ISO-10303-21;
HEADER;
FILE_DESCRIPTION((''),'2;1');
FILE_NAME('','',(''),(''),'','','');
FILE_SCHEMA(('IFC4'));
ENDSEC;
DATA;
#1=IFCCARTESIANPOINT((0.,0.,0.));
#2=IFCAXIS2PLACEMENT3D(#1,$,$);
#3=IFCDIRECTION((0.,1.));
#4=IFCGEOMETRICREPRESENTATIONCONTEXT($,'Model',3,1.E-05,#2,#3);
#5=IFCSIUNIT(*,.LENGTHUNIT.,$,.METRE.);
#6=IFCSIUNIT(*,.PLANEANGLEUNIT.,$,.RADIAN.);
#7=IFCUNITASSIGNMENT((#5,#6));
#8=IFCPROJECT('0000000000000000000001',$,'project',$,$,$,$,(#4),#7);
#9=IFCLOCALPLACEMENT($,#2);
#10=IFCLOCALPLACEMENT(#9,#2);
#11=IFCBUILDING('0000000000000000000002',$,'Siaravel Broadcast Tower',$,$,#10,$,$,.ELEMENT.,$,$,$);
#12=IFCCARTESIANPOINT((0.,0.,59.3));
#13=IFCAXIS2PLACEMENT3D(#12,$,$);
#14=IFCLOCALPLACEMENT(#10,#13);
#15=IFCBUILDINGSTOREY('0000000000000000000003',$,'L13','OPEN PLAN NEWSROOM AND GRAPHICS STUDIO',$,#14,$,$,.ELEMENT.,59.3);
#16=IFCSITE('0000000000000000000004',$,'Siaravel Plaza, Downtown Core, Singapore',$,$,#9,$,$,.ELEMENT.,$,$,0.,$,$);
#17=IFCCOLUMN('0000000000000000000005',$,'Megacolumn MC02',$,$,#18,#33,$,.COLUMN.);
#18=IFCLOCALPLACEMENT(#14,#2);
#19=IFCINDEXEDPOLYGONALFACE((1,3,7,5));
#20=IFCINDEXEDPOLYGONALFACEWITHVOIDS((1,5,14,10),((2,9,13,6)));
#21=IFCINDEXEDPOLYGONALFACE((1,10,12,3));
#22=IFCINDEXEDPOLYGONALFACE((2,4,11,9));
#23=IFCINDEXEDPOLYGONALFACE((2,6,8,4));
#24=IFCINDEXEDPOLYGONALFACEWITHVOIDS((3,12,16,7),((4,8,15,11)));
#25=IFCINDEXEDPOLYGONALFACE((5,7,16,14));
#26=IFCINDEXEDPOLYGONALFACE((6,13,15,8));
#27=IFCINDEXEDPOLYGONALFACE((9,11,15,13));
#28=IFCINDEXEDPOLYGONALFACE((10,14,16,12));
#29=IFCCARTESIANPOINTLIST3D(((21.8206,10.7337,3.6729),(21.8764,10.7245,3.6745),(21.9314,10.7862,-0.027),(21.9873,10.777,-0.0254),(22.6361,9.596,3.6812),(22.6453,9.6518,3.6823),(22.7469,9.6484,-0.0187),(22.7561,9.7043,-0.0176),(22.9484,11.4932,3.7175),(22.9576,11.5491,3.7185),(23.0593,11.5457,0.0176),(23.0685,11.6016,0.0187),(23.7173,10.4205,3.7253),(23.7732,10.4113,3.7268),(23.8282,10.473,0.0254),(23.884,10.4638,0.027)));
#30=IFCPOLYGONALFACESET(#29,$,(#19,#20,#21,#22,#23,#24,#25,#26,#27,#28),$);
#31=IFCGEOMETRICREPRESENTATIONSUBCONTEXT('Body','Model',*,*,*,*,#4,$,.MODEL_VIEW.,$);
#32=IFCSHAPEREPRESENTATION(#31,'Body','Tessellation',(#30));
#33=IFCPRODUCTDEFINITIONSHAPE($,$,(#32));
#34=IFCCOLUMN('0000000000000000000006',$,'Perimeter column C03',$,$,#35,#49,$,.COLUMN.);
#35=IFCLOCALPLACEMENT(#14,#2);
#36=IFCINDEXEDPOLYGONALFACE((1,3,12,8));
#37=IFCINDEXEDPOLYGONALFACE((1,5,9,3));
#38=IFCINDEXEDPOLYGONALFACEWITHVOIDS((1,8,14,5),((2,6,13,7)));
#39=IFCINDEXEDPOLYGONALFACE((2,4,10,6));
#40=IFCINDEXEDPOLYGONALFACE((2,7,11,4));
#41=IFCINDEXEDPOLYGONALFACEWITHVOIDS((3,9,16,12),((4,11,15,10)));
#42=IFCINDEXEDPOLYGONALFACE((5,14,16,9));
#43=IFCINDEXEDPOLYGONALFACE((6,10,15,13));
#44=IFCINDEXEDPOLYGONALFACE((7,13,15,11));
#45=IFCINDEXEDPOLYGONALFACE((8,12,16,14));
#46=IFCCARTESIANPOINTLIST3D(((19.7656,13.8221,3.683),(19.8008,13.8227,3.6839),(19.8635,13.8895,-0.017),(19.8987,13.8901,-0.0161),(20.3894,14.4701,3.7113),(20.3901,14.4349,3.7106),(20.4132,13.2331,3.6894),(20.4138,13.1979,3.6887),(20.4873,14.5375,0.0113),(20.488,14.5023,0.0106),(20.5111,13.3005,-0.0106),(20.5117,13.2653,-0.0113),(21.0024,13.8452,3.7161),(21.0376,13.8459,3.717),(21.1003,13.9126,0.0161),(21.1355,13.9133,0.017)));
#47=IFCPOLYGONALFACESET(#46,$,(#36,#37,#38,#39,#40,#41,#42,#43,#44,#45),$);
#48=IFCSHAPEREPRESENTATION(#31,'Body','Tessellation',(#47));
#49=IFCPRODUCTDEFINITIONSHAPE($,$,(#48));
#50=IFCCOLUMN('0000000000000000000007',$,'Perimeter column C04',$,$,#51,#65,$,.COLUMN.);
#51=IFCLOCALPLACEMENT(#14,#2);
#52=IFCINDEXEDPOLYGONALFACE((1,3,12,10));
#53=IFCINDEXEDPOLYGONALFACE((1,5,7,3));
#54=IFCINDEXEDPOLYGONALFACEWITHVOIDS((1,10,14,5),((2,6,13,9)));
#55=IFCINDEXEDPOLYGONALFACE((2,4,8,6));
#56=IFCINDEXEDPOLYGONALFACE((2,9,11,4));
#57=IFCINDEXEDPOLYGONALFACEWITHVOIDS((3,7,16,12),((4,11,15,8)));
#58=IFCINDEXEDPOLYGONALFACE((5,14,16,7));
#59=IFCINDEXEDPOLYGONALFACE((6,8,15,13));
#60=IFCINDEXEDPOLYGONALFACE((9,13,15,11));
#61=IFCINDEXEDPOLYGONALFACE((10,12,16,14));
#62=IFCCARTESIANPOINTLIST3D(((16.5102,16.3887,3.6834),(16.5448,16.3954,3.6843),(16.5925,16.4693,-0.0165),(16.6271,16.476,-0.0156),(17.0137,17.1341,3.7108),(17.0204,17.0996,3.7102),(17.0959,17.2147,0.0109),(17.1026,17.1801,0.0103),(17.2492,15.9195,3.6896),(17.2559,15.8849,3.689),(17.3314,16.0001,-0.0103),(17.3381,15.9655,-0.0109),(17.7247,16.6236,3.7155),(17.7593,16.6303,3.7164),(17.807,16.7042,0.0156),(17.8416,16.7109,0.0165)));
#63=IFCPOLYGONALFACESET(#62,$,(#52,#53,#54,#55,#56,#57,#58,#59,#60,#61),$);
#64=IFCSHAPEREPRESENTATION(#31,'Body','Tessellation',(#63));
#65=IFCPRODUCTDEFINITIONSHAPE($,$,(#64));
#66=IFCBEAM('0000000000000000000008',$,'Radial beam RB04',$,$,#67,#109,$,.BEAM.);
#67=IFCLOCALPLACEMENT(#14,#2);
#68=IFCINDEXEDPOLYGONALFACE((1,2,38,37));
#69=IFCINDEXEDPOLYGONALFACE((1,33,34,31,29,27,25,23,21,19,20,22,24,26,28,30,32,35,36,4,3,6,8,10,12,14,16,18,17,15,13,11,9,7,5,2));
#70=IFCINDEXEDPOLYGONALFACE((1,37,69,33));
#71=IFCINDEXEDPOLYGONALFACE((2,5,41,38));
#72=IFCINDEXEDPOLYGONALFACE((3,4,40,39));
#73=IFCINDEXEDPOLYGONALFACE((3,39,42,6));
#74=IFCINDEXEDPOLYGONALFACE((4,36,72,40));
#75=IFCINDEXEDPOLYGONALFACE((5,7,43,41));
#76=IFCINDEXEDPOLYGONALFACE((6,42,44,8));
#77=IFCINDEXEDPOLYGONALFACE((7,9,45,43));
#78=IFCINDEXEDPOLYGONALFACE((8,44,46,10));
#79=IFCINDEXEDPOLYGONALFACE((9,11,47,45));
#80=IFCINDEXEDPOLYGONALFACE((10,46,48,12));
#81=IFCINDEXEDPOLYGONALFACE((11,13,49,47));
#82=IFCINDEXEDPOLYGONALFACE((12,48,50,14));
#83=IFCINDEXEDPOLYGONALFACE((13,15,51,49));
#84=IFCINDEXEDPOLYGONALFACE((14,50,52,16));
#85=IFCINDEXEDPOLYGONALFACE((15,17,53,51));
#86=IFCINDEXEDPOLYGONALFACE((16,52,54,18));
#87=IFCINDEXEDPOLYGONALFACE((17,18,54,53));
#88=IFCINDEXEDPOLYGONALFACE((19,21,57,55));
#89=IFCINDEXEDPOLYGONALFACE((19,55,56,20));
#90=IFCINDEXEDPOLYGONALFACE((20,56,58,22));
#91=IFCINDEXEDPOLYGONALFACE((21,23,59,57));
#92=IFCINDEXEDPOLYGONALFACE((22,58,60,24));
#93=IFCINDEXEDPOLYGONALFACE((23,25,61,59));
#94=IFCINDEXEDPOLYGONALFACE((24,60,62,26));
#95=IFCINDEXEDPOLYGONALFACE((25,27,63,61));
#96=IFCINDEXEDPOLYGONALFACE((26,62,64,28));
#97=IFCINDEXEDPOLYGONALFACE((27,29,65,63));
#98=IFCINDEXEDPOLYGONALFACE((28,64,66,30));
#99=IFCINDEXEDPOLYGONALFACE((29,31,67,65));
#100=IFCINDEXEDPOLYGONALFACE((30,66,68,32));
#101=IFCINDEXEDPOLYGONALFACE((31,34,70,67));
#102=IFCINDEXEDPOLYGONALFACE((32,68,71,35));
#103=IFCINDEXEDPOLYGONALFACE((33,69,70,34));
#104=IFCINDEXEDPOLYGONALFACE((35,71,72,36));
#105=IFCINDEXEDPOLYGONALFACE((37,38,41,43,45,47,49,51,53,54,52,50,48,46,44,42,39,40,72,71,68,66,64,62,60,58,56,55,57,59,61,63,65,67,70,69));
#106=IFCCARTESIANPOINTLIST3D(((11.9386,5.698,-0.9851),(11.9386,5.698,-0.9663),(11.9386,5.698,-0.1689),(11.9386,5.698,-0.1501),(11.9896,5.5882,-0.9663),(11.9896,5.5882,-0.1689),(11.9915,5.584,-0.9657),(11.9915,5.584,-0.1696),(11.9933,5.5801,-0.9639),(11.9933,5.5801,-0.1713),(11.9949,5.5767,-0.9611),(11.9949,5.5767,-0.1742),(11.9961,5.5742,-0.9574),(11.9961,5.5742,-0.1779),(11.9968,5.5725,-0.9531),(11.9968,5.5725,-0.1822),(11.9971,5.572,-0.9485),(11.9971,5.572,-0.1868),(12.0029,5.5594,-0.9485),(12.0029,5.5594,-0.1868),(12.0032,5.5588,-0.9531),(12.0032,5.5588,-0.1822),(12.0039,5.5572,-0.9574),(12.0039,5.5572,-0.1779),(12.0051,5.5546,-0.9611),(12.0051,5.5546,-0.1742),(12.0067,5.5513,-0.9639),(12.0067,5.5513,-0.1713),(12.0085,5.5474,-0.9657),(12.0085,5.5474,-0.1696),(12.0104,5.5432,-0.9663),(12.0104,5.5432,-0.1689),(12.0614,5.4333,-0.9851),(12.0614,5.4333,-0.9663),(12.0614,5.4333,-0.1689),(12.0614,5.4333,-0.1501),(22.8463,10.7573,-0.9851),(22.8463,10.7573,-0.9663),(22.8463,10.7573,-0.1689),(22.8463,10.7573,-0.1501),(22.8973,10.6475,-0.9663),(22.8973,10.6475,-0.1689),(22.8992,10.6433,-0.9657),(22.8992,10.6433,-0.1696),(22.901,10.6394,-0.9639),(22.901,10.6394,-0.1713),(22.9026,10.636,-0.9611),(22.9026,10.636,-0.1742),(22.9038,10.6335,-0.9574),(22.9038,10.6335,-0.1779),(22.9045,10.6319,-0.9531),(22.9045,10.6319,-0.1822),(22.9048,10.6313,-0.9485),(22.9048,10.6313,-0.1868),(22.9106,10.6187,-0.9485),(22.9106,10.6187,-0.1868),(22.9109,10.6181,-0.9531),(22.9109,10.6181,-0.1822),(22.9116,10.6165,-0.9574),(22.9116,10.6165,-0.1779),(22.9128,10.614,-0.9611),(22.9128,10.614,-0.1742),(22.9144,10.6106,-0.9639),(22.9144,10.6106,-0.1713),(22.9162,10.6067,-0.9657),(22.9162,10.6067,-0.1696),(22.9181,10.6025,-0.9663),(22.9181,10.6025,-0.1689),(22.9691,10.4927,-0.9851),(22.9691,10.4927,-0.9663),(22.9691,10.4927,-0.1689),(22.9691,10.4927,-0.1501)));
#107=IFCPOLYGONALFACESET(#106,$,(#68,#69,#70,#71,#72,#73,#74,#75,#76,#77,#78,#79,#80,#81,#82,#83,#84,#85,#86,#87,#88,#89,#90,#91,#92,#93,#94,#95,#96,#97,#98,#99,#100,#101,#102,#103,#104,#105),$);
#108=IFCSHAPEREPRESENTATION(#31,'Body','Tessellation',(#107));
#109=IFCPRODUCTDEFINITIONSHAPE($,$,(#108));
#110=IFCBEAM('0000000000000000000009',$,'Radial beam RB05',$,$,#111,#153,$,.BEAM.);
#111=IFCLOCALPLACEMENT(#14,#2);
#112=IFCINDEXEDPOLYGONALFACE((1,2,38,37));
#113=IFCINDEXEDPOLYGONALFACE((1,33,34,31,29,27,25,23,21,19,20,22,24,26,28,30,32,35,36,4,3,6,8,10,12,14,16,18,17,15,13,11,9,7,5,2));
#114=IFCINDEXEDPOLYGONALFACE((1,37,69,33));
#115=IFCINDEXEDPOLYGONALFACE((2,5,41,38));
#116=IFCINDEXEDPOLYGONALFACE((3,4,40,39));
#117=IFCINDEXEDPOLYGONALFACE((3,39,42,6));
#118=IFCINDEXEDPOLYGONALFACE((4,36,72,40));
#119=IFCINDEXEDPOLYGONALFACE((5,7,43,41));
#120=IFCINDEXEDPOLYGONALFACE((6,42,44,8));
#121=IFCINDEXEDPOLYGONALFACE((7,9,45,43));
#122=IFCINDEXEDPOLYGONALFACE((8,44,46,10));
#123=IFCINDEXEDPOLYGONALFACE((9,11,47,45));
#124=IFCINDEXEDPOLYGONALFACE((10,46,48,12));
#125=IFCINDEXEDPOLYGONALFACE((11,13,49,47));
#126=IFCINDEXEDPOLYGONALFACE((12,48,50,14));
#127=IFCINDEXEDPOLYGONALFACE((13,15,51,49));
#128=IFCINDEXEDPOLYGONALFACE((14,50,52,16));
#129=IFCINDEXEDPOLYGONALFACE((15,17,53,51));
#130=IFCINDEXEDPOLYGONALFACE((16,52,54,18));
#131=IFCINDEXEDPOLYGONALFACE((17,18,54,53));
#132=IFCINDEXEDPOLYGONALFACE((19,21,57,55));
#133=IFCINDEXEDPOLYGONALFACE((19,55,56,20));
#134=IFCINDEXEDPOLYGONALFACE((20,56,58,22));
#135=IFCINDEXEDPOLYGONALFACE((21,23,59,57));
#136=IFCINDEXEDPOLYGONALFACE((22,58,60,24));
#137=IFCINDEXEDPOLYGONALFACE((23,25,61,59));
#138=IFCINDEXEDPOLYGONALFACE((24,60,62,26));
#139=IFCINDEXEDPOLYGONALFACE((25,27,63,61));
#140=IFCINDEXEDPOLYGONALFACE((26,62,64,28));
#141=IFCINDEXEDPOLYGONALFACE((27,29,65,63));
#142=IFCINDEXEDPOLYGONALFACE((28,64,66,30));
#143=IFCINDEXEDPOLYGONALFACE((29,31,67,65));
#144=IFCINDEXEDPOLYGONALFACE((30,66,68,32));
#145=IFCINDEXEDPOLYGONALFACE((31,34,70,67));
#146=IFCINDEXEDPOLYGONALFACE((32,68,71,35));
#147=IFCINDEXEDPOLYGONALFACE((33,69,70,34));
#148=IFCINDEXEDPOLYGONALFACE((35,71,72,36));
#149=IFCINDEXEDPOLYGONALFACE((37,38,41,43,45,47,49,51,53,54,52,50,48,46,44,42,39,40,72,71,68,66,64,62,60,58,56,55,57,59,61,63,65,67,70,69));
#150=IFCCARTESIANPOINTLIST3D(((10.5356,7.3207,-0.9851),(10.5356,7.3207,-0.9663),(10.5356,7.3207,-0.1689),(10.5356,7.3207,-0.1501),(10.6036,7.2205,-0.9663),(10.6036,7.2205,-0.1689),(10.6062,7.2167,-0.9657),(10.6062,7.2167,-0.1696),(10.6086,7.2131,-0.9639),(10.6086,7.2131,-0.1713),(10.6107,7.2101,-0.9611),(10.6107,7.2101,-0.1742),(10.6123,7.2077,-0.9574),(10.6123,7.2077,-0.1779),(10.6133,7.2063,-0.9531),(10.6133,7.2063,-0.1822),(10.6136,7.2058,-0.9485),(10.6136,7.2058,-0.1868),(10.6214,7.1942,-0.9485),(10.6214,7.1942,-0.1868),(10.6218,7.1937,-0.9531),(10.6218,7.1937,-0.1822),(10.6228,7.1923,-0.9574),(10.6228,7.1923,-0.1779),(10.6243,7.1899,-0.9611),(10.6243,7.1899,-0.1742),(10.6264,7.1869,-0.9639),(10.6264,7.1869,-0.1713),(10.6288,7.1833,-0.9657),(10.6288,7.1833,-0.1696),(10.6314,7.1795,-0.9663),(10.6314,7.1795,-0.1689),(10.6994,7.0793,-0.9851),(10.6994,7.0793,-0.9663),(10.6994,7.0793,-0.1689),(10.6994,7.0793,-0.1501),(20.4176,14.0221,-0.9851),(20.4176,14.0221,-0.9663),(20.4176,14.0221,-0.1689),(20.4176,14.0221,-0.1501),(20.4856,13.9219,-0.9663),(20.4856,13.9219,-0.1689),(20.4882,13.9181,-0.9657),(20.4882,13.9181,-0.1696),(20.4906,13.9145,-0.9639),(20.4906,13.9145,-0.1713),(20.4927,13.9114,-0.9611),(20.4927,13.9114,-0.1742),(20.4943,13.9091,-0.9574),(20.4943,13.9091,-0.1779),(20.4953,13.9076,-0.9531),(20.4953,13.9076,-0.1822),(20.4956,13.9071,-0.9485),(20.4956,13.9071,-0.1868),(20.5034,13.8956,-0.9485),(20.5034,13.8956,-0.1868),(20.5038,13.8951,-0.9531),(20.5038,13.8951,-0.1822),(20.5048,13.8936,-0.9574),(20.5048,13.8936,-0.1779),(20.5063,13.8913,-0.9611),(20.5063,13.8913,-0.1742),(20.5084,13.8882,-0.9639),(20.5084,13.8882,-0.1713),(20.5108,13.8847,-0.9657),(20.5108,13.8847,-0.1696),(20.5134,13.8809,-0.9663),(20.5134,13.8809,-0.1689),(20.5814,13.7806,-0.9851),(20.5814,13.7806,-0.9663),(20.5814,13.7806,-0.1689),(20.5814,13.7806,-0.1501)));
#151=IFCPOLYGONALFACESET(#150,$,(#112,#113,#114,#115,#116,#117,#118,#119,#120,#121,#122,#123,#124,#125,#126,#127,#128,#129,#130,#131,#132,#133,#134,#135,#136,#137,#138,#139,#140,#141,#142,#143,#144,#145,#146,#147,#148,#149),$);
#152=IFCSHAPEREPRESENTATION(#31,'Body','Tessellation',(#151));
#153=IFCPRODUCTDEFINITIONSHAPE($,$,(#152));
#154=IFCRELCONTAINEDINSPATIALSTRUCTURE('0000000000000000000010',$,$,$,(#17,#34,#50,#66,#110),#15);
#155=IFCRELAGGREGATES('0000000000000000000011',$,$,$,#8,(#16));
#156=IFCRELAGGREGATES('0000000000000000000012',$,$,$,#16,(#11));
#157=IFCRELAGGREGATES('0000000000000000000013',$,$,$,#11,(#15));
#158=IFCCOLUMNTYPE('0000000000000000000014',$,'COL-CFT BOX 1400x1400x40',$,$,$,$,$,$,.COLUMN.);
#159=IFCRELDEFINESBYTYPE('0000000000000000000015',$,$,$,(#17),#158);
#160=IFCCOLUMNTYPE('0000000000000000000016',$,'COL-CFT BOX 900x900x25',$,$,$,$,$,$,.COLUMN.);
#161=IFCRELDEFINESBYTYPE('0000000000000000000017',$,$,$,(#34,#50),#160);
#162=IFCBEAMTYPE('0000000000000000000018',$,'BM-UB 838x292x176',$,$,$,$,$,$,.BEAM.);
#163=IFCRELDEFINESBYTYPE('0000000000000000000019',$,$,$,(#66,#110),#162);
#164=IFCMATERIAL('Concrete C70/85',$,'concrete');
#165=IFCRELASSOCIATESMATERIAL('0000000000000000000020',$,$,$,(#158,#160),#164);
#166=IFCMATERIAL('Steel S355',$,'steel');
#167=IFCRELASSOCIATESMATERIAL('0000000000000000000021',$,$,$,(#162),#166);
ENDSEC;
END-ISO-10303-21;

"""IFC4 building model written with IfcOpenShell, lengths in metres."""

from ifc_helpers import new_model, si_unit, direction, frame, origin, origin_2d, place, context, subcontext, project, spatial, hollow_rectangle, i_section, extrude, material, material_profile, profile_set, type_object, element, save


model = new_model("IFC4")

# Units and contexts
model_context = context("Model", 3, precision=1e-05, world=origin(), true_north=direction((0.0, 1.0)))
body_context = subcontext(model_context, "Body", "Model", "MODEL_VIEW")
ifc_project = project(units=[si_unit("LENGTHUNIT", "METRE"), si_unit("PLANEANGLEUNIT", "RADIAN")], contexts=[model_context])

# Site, building, storey
site_placement = place(None, origin())
site = spatial("IfcSite", under=ifc_project, at=site_placement, Name="Siaravel Plaza, Downtown Core, Singapore", CompositionType="ELEMENT", RefElevation=0.0)
building_placement = place(site_placement, origin())
building = spatial("IfcBuilding", under=site, at=building_placement, Name="Siaravel Broadcast Tower", CompositionType="ELEMENT")
storey_placement = place(building_placement, frame((0.0, 0.0, 59.3)))
storey = spatial("IfcBuildingStorey", under=building, at=storey_placement, Name="L13", Description="OPEN PLAN NEWSROOM AND GRAPHICS STUDIO", CompositionType="ELEMENT", Elevation=59.3)

# Columns
ifc_material_1 = material(Name="Concrete C70/85", Category="concrete")
ifc_material_profile_1 = material_profile(ifc_material_1, hollow_rectangle(XDim=1.3999, YDim=1.3999, WallThickness=0.04, at=origin_2d()))
ifc_profile_set_1 = profile_set([ifc_material_profile_1], Name="Concrete C70/85")
column_type_1 = type_object("IfcColumnType", Name="COL-CFT BOX 1400x1400x40", PredefinedType="COLUMN", material=ifc_profile_set_1)
column_1_placement = place(storey_placement, frame((22.9077, 10.625, 0.0), z_axis=(-0.029941, -0.014179, 0.999451), x_axis=(0.582556, -0.812769, 0.005921)))
element("IfcColumn", 1, at=column_1_placement, inside=storey, type_object=column_type_1, Name="Megacolumn MC02", PredefinedType="COLUMN", context=body_context, shape_type="SweptSolid", body=[
    extrude(hollow_rectangle(XDim=1.3999, YDim=1.3999, WallThickness=0.04, at=origin_2d()), origin(), (0.0, 0.0, 1.0), 3.7019),
])
ifc_material_profile_2 = material_profile(ifc_material_1, hollow_rectangle(XDim=0.8999, YDim=0.8999, WallThickness=0.0249, at=origin_2d()))
ifc_profile_set_2 = profile_set([ifc_material_profile_2], Name="Concrete C70/85")
column_type_2 = type_object("IfcColumnType", Name="COL-CFT BOX 900x900x25", PredefinedType="COLUMN", material=ifc_profile_set_2)
column_2_placement = place(storey_placement, frame((20.4995, 13.9014, 0.0), z_axis=(-0.026446, -0.018202, 0.999484), x_axis=(0.720307, -0.693626, 0.006427)))
element("IfcColumn", 2, at=column_2_placement, inside=storey, type_object=column_type_2, Name="Perimeter column C03", PredefinedType="COLUMN", context=body_context, shape_type="SweptSolid", body=[
    extrude(hollow_rectangle(XDim=0.8999, YDim=0.8999, WallThickness=0.0249, at=origin_2d()), origin(), (0.0, 0.0, 1.0), 3.7019),
])
column_3_placement = place(storey_placement, frame((17.217, 16.5901, 0.0), z_axis=(-0.022226, -0.021764, 0.999516), x_axis=(0.828575, -0.559843, 0.006234)))
element("IfcColumn", 3, at=column_3_placement, inside=storey, type_object=column_type_2, Name="Perimeter column C04", PredefinedType="COLUMN", context=body_context, shape_type="SweptSolid", body=[
    extrude(hollow_rectangle(XDim=0.8999, YDim=0.8999, WallThickness=0.0249, at=origin_2d()), origin(), (0.0, 0.0, 1.0), 3.7017),
])

# Beams
ifc_material_2 = material(Name="Steel S355", Category="steel")
ifc_material_profile_3 = material_profile(ifc_material_2, i_section(OverallWidth=0.2917, OverallDepth=0.835, WebThickness=0.0139, FlangeThickness=0.0188, FilletRadius=0.0178, at=origin_2d()))
ifc_profile_set_3 = profile_set([ifc_material_profile_3], Name="Steel S355")
beam_type = type_object("IfcBeamType", Name="BM-UB 838x292x176", PredefinedType="BEAM", material=ifc_profile_set_3)
beam_1_placement = place(storey_placement, frame((22.9077, 10.625, -0.5676), z_axis=(-0.907167, -0.420771, 0.0), x_axis=(0.420771, -0.907167, 0.0)))
element("IfcBeam", 4, at=beam_1_placement, inside=storey, type_object=beam_type, Name="Radial beam RB04", PredefinedType="BEAM", context=body_context, shape_type="SweptSolid", body=[
    extrude(i_section(OverallWidth=0.2917, OverallDepth=0.835, WebThickness=0.0139, FlangeThickness=0.0188, FilletRadius=0.0178, at=origin_2d()), origin(), (0.0, 0.0, 1.0), 12.0239),
])
beam_2_placement = place(storey_placement, frame((20.4995, 13.9014, -0.5676), z_axis=(-0.827642, -0.561256, 0.0), x_axis=(0.561256, -0.827642, 0.0)))
element("IfcBeam", 5, at=beam_2_placement, inside=storey, type_object=beam_type, Name="Radial beam RB05", PredefinedType="BEAM", context=body_context, shape_type="SweptSolid", body=[
    extrude(i_section(OverallWidth=0.2917, OverallDepth=0.835, WebThickness=0.0139, FlangeThickness=0.0188, FilletRadius=0.0178, at=origin_2d()), origin(), (0.0, 0.0, 1.0), 11.9399),
])

save(model, "model.ifc")
